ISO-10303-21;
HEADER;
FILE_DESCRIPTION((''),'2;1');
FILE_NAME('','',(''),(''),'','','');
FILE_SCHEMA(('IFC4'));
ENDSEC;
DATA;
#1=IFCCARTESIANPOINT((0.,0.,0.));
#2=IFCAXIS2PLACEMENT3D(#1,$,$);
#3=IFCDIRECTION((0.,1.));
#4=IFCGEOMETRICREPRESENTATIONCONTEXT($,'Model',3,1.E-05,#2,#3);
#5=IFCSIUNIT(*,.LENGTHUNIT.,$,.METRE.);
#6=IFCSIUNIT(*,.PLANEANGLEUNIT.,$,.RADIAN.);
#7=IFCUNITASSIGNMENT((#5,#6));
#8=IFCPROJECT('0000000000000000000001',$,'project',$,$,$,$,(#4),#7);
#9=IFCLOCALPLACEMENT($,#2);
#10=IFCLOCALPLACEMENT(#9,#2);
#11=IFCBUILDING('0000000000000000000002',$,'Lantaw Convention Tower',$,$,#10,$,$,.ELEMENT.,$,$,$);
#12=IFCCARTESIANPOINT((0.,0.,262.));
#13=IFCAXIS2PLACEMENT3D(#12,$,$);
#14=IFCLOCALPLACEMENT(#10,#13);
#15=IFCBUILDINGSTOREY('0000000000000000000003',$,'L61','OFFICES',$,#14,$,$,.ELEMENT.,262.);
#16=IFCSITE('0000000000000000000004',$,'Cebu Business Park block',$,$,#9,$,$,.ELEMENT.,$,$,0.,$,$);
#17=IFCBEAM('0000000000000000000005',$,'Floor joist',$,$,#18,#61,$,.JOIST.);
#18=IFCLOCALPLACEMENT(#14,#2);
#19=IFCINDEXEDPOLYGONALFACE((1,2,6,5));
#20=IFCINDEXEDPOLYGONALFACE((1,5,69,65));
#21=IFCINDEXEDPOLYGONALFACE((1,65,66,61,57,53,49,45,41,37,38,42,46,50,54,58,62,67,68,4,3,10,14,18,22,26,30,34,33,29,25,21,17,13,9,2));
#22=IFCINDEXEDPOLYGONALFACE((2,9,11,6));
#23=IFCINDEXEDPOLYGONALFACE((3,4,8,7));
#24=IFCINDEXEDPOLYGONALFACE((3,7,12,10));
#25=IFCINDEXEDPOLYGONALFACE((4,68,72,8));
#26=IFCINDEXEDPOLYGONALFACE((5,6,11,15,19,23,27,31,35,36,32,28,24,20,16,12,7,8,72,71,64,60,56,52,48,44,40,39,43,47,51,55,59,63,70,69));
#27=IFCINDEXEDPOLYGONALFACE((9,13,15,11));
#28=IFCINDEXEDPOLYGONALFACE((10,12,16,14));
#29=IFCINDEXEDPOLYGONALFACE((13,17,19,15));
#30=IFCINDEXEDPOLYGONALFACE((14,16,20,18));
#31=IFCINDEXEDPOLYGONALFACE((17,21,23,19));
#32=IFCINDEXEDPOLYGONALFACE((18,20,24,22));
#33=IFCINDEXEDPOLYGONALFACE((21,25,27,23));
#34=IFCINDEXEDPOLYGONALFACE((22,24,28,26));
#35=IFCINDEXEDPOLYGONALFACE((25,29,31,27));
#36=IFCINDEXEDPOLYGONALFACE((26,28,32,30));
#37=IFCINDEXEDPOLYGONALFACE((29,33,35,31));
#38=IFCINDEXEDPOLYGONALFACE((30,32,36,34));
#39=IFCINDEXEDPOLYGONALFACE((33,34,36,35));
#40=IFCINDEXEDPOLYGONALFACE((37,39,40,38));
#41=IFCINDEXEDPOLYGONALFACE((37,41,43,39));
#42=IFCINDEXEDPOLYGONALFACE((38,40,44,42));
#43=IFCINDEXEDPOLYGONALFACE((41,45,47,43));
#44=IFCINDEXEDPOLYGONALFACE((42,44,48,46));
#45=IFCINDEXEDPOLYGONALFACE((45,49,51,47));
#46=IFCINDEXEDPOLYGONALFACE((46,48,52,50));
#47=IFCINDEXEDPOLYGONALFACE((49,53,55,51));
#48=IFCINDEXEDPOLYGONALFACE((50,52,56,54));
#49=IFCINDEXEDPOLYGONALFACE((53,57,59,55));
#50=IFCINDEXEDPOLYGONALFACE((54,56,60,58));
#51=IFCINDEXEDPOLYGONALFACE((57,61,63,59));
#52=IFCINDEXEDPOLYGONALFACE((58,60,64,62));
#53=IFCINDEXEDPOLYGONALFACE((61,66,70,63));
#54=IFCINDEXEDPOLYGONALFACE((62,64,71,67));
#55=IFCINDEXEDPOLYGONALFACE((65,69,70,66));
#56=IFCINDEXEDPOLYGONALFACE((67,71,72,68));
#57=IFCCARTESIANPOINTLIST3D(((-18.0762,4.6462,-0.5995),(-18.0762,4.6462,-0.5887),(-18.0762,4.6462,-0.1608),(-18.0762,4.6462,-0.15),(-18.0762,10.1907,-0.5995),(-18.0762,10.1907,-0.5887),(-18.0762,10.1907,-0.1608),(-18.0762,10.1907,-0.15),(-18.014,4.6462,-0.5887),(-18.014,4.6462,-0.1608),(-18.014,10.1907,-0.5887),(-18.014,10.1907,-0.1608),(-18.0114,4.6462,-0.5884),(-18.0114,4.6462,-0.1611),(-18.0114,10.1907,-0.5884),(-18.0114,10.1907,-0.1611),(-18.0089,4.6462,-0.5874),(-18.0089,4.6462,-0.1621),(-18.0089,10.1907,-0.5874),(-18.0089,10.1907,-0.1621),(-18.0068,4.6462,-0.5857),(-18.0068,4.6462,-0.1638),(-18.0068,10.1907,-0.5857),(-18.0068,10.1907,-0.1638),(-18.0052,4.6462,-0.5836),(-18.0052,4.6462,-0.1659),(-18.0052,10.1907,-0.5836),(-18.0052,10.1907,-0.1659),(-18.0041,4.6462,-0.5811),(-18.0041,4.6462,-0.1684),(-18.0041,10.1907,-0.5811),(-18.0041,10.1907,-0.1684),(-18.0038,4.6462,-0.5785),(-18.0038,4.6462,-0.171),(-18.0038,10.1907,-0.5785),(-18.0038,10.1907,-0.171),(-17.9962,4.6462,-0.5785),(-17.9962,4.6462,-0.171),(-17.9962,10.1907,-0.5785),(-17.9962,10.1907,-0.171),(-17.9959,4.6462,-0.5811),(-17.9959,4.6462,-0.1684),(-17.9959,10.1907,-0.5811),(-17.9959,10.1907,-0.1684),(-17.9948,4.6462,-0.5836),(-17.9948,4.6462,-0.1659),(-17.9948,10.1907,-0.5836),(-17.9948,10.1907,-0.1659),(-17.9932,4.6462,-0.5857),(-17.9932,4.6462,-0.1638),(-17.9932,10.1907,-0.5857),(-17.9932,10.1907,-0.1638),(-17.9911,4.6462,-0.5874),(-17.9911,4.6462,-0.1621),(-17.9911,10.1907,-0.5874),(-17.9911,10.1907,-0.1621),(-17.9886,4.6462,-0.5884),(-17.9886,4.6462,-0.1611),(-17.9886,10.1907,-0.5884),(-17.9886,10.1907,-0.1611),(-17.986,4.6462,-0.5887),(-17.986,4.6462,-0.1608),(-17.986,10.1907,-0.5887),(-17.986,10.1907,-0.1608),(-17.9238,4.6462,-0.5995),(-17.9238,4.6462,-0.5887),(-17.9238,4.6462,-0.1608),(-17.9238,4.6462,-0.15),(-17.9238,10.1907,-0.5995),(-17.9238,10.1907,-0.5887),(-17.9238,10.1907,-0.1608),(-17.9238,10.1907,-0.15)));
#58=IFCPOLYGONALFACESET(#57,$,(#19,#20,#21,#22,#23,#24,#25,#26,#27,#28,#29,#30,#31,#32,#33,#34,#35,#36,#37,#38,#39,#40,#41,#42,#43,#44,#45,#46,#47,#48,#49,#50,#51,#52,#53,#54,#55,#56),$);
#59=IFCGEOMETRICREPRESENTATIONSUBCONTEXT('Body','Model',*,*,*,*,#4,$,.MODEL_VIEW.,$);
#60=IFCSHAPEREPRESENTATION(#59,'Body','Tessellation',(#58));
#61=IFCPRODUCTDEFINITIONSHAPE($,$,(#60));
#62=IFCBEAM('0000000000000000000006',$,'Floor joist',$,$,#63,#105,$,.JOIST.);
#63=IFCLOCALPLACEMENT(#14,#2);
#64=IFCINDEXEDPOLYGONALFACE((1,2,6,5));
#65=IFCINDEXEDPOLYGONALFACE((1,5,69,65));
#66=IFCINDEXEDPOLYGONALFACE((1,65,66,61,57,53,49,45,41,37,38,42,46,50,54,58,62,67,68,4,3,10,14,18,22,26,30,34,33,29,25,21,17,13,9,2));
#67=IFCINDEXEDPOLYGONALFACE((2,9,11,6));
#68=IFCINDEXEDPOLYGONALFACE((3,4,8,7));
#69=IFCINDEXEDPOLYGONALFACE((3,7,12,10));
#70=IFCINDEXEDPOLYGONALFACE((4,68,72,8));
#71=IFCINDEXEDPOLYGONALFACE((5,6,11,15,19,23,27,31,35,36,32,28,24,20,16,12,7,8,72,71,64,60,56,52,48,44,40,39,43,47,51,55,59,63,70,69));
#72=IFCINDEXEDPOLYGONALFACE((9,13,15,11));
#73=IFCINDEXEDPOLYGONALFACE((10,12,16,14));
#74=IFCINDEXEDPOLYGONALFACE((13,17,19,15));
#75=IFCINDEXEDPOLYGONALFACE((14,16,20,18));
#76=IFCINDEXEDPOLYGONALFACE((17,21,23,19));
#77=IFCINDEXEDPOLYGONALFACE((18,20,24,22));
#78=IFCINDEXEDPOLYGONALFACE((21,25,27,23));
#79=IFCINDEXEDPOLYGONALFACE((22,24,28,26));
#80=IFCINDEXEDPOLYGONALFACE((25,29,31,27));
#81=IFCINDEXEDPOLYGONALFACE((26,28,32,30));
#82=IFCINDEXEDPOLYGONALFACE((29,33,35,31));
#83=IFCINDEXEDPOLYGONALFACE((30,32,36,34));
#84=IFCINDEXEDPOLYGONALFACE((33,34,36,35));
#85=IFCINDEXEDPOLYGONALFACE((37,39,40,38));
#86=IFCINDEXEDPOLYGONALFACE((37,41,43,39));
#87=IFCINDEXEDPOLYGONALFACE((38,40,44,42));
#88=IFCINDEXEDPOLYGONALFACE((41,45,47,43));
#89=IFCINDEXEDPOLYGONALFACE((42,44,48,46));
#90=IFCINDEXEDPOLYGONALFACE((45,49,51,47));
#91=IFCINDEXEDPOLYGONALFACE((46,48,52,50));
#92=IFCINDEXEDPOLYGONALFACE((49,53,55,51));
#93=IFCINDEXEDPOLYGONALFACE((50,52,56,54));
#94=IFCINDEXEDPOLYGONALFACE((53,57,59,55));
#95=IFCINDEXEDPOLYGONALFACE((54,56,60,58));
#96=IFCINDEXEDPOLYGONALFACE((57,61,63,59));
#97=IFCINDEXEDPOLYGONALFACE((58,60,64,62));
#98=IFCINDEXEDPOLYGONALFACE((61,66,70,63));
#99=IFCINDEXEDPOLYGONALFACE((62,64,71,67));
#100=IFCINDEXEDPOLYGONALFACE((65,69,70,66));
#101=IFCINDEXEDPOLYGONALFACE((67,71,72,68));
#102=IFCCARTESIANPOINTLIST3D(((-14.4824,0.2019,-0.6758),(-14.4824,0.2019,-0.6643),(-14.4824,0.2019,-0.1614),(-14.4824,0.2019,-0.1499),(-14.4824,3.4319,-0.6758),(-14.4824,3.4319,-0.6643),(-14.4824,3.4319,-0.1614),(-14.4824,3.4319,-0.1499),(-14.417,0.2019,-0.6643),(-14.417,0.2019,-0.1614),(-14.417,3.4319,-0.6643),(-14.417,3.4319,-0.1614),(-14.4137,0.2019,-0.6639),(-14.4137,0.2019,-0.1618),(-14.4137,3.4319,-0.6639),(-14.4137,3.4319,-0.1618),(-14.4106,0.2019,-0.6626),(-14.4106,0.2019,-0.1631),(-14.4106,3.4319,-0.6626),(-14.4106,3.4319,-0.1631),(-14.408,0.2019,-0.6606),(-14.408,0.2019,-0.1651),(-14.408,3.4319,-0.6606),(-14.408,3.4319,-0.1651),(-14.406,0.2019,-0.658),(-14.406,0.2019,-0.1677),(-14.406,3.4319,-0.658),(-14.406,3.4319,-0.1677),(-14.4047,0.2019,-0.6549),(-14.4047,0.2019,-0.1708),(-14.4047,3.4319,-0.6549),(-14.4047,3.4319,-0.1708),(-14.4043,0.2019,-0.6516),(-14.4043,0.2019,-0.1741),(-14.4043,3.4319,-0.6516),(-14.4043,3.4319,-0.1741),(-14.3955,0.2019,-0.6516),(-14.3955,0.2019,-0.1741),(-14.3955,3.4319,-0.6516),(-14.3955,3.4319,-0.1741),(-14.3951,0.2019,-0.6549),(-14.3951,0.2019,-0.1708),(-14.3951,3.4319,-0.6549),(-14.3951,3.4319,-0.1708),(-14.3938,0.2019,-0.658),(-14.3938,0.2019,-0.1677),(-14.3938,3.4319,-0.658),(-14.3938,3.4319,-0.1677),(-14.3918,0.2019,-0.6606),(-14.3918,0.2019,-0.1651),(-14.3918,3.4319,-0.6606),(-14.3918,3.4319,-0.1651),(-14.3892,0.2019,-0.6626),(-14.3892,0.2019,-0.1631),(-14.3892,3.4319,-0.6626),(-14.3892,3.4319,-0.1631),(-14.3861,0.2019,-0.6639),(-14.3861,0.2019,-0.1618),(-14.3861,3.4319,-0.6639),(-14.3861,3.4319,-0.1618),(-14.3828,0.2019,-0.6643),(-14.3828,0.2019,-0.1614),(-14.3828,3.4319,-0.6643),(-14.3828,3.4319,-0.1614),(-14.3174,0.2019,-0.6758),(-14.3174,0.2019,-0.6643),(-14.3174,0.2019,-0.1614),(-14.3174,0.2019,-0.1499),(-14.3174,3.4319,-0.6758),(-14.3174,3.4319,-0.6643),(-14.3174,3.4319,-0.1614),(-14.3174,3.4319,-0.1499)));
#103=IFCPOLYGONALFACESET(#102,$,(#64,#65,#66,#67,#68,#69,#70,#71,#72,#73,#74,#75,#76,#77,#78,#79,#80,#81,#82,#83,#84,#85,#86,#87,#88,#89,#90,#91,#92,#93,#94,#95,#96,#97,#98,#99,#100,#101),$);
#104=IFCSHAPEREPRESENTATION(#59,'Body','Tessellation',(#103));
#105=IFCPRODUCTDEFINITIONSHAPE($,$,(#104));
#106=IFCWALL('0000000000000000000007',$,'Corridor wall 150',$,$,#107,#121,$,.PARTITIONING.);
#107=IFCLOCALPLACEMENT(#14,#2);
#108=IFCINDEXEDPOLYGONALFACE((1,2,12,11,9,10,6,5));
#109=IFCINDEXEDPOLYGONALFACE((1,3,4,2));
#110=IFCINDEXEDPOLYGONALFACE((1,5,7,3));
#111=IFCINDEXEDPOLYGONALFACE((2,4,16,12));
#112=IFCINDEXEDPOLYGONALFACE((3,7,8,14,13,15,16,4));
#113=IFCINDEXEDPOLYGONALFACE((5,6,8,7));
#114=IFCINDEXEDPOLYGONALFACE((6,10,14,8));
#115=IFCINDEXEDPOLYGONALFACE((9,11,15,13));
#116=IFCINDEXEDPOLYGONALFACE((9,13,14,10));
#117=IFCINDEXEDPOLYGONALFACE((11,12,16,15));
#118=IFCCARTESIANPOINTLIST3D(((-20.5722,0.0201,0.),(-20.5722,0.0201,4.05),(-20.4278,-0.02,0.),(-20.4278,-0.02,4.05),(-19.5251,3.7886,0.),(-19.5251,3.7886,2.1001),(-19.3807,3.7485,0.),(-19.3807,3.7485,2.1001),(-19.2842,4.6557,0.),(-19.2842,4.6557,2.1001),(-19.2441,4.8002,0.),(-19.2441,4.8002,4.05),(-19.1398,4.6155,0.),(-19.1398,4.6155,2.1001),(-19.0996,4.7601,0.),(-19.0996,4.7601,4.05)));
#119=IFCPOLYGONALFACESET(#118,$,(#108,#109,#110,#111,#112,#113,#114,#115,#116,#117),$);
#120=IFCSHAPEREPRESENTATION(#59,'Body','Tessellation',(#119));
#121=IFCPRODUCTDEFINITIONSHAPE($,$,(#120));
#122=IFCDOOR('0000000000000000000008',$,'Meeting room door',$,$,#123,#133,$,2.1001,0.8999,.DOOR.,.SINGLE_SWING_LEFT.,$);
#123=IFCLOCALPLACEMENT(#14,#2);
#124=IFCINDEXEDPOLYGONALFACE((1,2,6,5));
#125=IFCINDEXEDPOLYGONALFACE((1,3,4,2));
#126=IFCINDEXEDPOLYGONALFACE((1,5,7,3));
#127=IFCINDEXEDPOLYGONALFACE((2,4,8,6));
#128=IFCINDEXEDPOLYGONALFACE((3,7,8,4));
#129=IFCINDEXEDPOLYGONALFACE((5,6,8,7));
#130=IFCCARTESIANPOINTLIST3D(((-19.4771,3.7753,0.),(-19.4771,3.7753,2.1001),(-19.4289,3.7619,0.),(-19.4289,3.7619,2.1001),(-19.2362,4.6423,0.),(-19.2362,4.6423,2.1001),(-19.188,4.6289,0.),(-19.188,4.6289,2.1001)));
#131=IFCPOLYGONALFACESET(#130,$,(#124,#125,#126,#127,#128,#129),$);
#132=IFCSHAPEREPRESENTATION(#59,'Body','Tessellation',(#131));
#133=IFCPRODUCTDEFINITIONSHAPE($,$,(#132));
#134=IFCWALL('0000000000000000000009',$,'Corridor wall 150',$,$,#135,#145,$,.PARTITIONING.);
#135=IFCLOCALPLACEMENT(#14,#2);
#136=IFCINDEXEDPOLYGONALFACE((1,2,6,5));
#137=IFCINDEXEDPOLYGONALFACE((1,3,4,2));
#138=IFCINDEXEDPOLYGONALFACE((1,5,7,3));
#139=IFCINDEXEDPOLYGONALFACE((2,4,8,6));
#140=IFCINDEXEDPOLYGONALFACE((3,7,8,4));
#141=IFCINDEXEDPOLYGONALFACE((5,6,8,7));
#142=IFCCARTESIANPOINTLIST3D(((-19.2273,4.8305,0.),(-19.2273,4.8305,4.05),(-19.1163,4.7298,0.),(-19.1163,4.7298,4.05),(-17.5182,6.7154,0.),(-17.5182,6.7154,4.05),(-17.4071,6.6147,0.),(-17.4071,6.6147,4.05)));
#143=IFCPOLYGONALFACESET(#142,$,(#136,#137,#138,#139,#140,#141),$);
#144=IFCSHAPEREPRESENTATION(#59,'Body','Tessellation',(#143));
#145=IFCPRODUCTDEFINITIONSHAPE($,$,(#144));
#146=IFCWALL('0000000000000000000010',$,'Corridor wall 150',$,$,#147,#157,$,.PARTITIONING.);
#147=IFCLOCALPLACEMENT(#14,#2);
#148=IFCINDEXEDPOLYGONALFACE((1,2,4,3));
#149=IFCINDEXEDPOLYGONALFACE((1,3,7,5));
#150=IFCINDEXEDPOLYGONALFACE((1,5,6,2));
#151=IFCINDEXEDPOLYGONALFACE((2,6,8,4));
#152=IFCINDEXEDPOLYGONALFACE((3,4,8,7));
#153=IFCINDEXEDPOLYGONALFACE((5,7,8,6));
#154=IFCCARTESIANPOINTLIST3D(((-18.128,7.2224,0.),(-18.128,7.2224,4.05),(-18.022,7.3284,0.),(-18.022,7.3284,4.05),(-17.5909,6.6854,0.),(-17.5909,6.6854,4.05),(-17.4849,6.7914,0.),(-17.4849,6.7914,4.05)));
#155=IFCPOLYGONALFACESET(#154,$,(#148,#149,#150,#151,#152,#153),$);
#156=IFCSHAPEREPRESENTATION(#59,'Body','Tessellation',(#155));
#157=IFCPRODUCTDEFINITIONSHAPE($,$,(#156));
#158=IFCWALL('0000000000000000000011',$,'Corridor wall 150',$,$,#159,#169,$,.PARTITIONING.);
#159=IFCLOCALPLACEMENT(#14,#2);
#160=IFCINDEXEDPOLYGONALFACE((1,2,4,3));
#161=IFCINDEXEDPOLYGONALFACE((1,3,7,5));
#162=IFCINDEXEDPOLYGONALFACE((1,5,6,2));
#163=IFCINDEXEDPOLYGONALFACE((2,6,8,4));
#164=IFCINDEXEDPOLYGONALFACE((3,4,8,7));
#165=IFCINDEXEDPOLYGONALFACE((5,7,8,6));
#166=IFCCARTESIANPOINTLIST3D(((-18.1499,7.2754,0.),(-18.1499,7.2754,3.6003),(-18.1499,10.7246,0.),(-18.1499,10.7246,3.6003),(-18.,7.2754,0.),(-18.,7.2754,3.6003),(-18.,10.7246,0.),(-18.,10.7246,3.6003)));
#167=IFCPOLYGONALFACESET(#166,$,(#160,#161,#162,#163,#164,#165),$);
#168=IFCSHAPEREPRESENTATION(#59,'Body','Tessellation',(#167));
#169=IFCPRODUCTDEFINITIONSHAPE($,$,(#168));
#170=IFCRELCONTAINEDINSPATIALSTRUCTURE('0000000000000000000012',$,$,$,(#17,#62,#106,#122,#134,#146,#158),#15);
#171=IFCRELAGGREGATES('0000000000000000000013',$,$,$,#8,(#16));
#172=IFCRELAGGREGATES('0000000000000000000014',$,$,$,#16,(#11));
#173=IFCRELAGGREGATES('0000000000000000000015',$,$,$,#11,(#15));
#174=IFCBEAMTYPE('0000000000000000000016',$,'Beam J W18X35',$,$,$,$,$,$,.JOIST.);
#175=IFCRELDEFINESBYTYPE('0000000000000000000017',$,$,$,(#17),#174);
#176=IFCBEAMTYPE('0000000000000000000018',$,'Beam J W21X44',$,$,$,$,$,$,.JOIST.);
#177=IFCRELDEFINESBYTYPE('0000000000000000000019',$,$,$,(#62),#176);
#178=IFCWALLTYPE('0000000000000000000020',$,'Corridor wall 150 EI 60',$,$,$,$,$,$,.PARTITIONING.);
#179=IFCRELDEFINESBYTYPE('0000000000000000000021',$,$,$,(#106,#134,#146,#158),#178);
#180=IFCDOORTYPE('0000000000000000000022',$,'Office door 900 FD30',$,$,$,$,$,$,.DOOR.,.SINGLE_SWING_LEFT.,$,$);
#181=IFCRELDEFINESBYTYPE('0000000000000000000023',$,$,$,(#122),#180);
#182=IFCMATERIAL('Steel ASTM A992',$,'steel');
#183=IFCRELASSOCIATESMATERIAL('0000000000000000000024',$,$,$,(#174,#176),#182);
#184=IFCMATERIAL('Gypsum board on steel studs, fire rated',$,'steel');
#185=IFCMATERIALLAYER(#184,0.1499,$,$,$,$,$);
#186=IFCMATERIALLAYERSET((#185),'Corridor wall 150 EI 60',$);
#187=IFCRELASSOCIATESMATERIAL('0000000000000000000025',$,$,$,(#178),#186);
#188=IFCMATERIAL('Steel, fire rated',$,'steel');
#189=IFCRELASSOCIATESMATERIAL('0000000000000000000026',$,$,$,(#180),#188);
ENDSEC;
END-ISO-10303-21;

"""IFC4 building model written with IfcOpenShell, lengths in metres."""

from ifc_helpers import new_model, si_unit, direction, frame, frame_2d, origin, origin_2d, place, context, subcontext, project, spatial, rectangle, i_section, extrude, material, layer, layer_set, material_profile, profile_set, type_object, element, fill, save


model = new_model("IFC4")

# Units and contexts
model_context = context("Model", 3, precision=1e-05, world=origin(), true_north=direction((0.0, 1.0)))
body_context = subcontext(model_context, "Body", "Model", "MODEL_VIEW")
ifc_project = project(units=[si_unit("LENGTHUNIT", "METRE"), si_unit("PLANEANGLEUNIT", "RADIAN")], contexts=[model_context])

# Site, building, storey
site_placement = place(None, origin())
site = spatial("IfcSite", under=ifc_project, at=site_placement, Name="Cebu Business Park block", CompositionType="ELEMENT", RefElevation=0.0)
building_placement = place(site_placement, origin())
building = spatial("IfcBuilding", under=site, at=building_placement, Name="Lantaw Convention Tower", CompositionType="ELEMENT")
storey_placement = place(building_placement, frame((0.0, 0.0, 262.0)))
storey = spatial("IfcBuildingStorey", under=building, at=storey_placement, Name="L61", Description="OFFICES", CompositionType="ELEMENT", Elevation=262.0)

# Beams
ifc_material_1 = material(Name="Steel ASTM A992", Category="steel")
ifc_material_profile_1 = material_profile(ifc_material_1, i_section(OverallWidth=0.1523, OverallDepth=0.4495, WebThickness=0.0076, FlangeThickness=0.0107, FilletRadius=0.0103, at=origin_2d()), Name="W18X35")
ifc_profile_set_1 = profile_set([ifc_material_profile_1], Name="Steel ASTM A992")
beam_type_1 = type_object("IfcBeamType", Name="Beam J W18X35", PredefinedType="JOIST", material=ifc_profile_set_1)
beam_1_placement = place(storey_placement, frame((-18.0, 4.6462, -0.3748), z_axis=(0.0, 1.0, 0.0), x_axis=(-1.0, 0.0, 0.0)))
element("IfcBeam", 1, at=beam_1_placement, inside=storey, type_object=beam_type_1, Name="Floor joist", PredefinedType="JOIST", context=body_context, shape_type="SweptSolid", body=[
    extrude(i_section(OverallWidth=0.1523, OverallDepth=0.4495, WebThickness=0.0076, FlangeThickness=0.0107, FilletRadius=0.0103, at=origin_2d()), origin(), (0.0, 0.0, 1.0), 5.5444),
])
ifc_material_profile_2 = material_profile(ifc_material_1, i_section(OverallWidth=0.165, OverallDepth=0.5259, WebThickness=0.0088, FlangeThickness=0.0115, FilletRadius=0.0127, at=origin_2d()), Name="W21X44")
ifc_profile_set_2 = profile_set([ifc_material_profile_2], Name="Steel ASTM A992")
beam_type_2 = type_object("IfcBeamType", Name="Beam J W21X44", PredefinedType="JOIST", material=ifc_profile_set_2)
beam_2_placement = place(storey_placement, frame((-14.3999, 0.2019, -0.4128), z_axis=(0.0, 1.0, 0.0), x_axis=(-1.0, 0.0, 0.0)))
element("IfcBeam", 2, at=beam_2_placement, inside=storey, type_object=beam_type_2, Name="Floor joist", PredefinedType="JOIST", context=body_context, shape_type="SweptSolid", body=[
    extrude(i_section(OverallWidth=0.165, OverallDepth=0.5259, WebThickness=0.0088, FlangeThickness=0.0115, FilletRadius=0.0127, at=origin_2d()), origin(), (0.0, 0.0, 1.0), 3.23),
])

# Wall, opening, door
ifc_material_2 = material(Name="Gypsum board on steel studs, fire rated", Category="steel")
ifc_layer_1 = layer(ifc_material_2, 0.1499)
ifc_layer_set_1 = layer_set([ifc_layer_1], Name="Corridor wall 150 EI 60")
wall_type_1 = type_object("IfcWallType", Name="Corridor wall 150 EI 60", PredefinedType="PARTITIONING", material=ifc_layer_set_1)
wall_1_placement = place(storey_placement, frame((-19.1719, 4.78, 0.0), z_axis=(0.0, 0.0, 1.0), x_axis=(-0.267707, -0.9635, 0.0)))
wall_1 = element("IfcWall", 3, at=wall_1_placement, inside=storey, type_object=wall_type_1, Name="Corridor wall 150", PredefinedType="PARTITIONING", context=body_context, shape_type="SweptSolid", body=[
    extrude(rectangle(XDim=4.9612, YDim=0.1499, at=frame_2d((2.4805, 0.0))), origin(), (0.0, 0.0, 1.0), 4.05),
])
opening_1_placement = place(wall_1_placement, frame((0.1499, 0.0, 0.0)))
opening_1 = element("IfcOpeningElement", 4, at=opening_1_placement, cuts=wall_1, PredefinedType="OPENING", context=body_context, shape_type="SweptSolid", body=[
    extrude(rectangle(XDim=0.8999, YDim=2.1001, at=frame_2d((0.45, 1.05))), frame((0.0, 0.085, 0.0), z_axis=(0.0, -1.0, 0.0), x_axis=(1.0, 0.0, 0.0)), (0.0, 0.0, 1.0), 0.1699),
])
ifc_material_3 = material(Name="Steel, fire rated", Category="steel")
door_type_1 = type_object("IfcDoorType", Name="Office door 900 FD30", OperationType="SINGLE_SWING_LEFT", PredefinedType="DOOR", material=ifc_material_3)
door_1_placement = place(opening_1_placement, origin())
door_1 = element("IfcDoor", 5, at=door_1_placement, inside=storey, type_object=door_type_1, Name="Meeting room door", OperationType="SINGLE_SWING_LEFT", OverallHeight=2.1001, OverallWidth=0.8999, PredefinedType="DOOR", context=body_context, shape_type="SweptSolid", body=[
    extrude(rectangle(XDim=0.8999, YDim=2.1001, at=frame_2d((0.45, 1.05))), frame((0.0, 0.0249, 0.0), z_axis=(0.0, -1.0, 0.0), x_axis=(1.0, 0.0, 0.0)), (0.0, 0.0, 1.0), 0.05),
])
fill(opening_1, door_1)

# Walls
wall_2_placement = place(storey_placement, frame((-17.4626, 6.665, 0.0), z_axis=(0.0, 0.0, 1.0), x_axis=(-0.671722, -0.740803, 0.0)))
element("IfcWall", 6, at=wall_2_placement, inside=storey, type_object=wall_type_1, Name="Corridor wall 150", PredefinedType="PARTITIONING", context=body_context, shape_type="SweptSolid", body=[
    extrude(rectangle(XDim=2.5444, YDim=0.1499, at=frame_2d((1.2722, 0.0))), origin(), (0.0, 0.0, 1.0), 4.05),
])
wall_3_placement = place(storey_placement, frame((-17.5378, 6.7383, 0.0), z_axis=(0.0, 0.0, 1.0), x_axis=(-0.707107, 0.707107, 0.0)))
element("IfcWall", 7, at=wall_3_placement, inside=storey, type_object=wall_type_1, Name="Corridor wall 150", PredefinedType="PARTITIONING", context=body_context, shape_type="SweptSolid", body=[
    extrude(rectangle(XDim=0.7595, YDim=0.1499, at=frame_2d((0.3799, 0.0))), origin(), (0.0, 0.0, 1.0), 4.05),
])
wall_4_placement = place(storey_placement, frame((-18.075, 7.2754, 0.0), z_axis=(0.0, 0.0, 1.0), x_axis=(0.0, 1.0, 0.0)))
element("IfcWall", 8, at=wall_4_placement, inside=storey, type_object=wall_type_1, Name="Corridor wall 150", PredefinedType="PARTITIONING", context=body_context, shape_type="SweptSolid", body=[
    extrude(rectangle(XDim=3.4492, YDim=0.1499, at=frame_2d((1.7246, 0.0))), origin(), (0.0, 0.0, 1.0), 3.6003),
])

save(model, "model.ifc")
